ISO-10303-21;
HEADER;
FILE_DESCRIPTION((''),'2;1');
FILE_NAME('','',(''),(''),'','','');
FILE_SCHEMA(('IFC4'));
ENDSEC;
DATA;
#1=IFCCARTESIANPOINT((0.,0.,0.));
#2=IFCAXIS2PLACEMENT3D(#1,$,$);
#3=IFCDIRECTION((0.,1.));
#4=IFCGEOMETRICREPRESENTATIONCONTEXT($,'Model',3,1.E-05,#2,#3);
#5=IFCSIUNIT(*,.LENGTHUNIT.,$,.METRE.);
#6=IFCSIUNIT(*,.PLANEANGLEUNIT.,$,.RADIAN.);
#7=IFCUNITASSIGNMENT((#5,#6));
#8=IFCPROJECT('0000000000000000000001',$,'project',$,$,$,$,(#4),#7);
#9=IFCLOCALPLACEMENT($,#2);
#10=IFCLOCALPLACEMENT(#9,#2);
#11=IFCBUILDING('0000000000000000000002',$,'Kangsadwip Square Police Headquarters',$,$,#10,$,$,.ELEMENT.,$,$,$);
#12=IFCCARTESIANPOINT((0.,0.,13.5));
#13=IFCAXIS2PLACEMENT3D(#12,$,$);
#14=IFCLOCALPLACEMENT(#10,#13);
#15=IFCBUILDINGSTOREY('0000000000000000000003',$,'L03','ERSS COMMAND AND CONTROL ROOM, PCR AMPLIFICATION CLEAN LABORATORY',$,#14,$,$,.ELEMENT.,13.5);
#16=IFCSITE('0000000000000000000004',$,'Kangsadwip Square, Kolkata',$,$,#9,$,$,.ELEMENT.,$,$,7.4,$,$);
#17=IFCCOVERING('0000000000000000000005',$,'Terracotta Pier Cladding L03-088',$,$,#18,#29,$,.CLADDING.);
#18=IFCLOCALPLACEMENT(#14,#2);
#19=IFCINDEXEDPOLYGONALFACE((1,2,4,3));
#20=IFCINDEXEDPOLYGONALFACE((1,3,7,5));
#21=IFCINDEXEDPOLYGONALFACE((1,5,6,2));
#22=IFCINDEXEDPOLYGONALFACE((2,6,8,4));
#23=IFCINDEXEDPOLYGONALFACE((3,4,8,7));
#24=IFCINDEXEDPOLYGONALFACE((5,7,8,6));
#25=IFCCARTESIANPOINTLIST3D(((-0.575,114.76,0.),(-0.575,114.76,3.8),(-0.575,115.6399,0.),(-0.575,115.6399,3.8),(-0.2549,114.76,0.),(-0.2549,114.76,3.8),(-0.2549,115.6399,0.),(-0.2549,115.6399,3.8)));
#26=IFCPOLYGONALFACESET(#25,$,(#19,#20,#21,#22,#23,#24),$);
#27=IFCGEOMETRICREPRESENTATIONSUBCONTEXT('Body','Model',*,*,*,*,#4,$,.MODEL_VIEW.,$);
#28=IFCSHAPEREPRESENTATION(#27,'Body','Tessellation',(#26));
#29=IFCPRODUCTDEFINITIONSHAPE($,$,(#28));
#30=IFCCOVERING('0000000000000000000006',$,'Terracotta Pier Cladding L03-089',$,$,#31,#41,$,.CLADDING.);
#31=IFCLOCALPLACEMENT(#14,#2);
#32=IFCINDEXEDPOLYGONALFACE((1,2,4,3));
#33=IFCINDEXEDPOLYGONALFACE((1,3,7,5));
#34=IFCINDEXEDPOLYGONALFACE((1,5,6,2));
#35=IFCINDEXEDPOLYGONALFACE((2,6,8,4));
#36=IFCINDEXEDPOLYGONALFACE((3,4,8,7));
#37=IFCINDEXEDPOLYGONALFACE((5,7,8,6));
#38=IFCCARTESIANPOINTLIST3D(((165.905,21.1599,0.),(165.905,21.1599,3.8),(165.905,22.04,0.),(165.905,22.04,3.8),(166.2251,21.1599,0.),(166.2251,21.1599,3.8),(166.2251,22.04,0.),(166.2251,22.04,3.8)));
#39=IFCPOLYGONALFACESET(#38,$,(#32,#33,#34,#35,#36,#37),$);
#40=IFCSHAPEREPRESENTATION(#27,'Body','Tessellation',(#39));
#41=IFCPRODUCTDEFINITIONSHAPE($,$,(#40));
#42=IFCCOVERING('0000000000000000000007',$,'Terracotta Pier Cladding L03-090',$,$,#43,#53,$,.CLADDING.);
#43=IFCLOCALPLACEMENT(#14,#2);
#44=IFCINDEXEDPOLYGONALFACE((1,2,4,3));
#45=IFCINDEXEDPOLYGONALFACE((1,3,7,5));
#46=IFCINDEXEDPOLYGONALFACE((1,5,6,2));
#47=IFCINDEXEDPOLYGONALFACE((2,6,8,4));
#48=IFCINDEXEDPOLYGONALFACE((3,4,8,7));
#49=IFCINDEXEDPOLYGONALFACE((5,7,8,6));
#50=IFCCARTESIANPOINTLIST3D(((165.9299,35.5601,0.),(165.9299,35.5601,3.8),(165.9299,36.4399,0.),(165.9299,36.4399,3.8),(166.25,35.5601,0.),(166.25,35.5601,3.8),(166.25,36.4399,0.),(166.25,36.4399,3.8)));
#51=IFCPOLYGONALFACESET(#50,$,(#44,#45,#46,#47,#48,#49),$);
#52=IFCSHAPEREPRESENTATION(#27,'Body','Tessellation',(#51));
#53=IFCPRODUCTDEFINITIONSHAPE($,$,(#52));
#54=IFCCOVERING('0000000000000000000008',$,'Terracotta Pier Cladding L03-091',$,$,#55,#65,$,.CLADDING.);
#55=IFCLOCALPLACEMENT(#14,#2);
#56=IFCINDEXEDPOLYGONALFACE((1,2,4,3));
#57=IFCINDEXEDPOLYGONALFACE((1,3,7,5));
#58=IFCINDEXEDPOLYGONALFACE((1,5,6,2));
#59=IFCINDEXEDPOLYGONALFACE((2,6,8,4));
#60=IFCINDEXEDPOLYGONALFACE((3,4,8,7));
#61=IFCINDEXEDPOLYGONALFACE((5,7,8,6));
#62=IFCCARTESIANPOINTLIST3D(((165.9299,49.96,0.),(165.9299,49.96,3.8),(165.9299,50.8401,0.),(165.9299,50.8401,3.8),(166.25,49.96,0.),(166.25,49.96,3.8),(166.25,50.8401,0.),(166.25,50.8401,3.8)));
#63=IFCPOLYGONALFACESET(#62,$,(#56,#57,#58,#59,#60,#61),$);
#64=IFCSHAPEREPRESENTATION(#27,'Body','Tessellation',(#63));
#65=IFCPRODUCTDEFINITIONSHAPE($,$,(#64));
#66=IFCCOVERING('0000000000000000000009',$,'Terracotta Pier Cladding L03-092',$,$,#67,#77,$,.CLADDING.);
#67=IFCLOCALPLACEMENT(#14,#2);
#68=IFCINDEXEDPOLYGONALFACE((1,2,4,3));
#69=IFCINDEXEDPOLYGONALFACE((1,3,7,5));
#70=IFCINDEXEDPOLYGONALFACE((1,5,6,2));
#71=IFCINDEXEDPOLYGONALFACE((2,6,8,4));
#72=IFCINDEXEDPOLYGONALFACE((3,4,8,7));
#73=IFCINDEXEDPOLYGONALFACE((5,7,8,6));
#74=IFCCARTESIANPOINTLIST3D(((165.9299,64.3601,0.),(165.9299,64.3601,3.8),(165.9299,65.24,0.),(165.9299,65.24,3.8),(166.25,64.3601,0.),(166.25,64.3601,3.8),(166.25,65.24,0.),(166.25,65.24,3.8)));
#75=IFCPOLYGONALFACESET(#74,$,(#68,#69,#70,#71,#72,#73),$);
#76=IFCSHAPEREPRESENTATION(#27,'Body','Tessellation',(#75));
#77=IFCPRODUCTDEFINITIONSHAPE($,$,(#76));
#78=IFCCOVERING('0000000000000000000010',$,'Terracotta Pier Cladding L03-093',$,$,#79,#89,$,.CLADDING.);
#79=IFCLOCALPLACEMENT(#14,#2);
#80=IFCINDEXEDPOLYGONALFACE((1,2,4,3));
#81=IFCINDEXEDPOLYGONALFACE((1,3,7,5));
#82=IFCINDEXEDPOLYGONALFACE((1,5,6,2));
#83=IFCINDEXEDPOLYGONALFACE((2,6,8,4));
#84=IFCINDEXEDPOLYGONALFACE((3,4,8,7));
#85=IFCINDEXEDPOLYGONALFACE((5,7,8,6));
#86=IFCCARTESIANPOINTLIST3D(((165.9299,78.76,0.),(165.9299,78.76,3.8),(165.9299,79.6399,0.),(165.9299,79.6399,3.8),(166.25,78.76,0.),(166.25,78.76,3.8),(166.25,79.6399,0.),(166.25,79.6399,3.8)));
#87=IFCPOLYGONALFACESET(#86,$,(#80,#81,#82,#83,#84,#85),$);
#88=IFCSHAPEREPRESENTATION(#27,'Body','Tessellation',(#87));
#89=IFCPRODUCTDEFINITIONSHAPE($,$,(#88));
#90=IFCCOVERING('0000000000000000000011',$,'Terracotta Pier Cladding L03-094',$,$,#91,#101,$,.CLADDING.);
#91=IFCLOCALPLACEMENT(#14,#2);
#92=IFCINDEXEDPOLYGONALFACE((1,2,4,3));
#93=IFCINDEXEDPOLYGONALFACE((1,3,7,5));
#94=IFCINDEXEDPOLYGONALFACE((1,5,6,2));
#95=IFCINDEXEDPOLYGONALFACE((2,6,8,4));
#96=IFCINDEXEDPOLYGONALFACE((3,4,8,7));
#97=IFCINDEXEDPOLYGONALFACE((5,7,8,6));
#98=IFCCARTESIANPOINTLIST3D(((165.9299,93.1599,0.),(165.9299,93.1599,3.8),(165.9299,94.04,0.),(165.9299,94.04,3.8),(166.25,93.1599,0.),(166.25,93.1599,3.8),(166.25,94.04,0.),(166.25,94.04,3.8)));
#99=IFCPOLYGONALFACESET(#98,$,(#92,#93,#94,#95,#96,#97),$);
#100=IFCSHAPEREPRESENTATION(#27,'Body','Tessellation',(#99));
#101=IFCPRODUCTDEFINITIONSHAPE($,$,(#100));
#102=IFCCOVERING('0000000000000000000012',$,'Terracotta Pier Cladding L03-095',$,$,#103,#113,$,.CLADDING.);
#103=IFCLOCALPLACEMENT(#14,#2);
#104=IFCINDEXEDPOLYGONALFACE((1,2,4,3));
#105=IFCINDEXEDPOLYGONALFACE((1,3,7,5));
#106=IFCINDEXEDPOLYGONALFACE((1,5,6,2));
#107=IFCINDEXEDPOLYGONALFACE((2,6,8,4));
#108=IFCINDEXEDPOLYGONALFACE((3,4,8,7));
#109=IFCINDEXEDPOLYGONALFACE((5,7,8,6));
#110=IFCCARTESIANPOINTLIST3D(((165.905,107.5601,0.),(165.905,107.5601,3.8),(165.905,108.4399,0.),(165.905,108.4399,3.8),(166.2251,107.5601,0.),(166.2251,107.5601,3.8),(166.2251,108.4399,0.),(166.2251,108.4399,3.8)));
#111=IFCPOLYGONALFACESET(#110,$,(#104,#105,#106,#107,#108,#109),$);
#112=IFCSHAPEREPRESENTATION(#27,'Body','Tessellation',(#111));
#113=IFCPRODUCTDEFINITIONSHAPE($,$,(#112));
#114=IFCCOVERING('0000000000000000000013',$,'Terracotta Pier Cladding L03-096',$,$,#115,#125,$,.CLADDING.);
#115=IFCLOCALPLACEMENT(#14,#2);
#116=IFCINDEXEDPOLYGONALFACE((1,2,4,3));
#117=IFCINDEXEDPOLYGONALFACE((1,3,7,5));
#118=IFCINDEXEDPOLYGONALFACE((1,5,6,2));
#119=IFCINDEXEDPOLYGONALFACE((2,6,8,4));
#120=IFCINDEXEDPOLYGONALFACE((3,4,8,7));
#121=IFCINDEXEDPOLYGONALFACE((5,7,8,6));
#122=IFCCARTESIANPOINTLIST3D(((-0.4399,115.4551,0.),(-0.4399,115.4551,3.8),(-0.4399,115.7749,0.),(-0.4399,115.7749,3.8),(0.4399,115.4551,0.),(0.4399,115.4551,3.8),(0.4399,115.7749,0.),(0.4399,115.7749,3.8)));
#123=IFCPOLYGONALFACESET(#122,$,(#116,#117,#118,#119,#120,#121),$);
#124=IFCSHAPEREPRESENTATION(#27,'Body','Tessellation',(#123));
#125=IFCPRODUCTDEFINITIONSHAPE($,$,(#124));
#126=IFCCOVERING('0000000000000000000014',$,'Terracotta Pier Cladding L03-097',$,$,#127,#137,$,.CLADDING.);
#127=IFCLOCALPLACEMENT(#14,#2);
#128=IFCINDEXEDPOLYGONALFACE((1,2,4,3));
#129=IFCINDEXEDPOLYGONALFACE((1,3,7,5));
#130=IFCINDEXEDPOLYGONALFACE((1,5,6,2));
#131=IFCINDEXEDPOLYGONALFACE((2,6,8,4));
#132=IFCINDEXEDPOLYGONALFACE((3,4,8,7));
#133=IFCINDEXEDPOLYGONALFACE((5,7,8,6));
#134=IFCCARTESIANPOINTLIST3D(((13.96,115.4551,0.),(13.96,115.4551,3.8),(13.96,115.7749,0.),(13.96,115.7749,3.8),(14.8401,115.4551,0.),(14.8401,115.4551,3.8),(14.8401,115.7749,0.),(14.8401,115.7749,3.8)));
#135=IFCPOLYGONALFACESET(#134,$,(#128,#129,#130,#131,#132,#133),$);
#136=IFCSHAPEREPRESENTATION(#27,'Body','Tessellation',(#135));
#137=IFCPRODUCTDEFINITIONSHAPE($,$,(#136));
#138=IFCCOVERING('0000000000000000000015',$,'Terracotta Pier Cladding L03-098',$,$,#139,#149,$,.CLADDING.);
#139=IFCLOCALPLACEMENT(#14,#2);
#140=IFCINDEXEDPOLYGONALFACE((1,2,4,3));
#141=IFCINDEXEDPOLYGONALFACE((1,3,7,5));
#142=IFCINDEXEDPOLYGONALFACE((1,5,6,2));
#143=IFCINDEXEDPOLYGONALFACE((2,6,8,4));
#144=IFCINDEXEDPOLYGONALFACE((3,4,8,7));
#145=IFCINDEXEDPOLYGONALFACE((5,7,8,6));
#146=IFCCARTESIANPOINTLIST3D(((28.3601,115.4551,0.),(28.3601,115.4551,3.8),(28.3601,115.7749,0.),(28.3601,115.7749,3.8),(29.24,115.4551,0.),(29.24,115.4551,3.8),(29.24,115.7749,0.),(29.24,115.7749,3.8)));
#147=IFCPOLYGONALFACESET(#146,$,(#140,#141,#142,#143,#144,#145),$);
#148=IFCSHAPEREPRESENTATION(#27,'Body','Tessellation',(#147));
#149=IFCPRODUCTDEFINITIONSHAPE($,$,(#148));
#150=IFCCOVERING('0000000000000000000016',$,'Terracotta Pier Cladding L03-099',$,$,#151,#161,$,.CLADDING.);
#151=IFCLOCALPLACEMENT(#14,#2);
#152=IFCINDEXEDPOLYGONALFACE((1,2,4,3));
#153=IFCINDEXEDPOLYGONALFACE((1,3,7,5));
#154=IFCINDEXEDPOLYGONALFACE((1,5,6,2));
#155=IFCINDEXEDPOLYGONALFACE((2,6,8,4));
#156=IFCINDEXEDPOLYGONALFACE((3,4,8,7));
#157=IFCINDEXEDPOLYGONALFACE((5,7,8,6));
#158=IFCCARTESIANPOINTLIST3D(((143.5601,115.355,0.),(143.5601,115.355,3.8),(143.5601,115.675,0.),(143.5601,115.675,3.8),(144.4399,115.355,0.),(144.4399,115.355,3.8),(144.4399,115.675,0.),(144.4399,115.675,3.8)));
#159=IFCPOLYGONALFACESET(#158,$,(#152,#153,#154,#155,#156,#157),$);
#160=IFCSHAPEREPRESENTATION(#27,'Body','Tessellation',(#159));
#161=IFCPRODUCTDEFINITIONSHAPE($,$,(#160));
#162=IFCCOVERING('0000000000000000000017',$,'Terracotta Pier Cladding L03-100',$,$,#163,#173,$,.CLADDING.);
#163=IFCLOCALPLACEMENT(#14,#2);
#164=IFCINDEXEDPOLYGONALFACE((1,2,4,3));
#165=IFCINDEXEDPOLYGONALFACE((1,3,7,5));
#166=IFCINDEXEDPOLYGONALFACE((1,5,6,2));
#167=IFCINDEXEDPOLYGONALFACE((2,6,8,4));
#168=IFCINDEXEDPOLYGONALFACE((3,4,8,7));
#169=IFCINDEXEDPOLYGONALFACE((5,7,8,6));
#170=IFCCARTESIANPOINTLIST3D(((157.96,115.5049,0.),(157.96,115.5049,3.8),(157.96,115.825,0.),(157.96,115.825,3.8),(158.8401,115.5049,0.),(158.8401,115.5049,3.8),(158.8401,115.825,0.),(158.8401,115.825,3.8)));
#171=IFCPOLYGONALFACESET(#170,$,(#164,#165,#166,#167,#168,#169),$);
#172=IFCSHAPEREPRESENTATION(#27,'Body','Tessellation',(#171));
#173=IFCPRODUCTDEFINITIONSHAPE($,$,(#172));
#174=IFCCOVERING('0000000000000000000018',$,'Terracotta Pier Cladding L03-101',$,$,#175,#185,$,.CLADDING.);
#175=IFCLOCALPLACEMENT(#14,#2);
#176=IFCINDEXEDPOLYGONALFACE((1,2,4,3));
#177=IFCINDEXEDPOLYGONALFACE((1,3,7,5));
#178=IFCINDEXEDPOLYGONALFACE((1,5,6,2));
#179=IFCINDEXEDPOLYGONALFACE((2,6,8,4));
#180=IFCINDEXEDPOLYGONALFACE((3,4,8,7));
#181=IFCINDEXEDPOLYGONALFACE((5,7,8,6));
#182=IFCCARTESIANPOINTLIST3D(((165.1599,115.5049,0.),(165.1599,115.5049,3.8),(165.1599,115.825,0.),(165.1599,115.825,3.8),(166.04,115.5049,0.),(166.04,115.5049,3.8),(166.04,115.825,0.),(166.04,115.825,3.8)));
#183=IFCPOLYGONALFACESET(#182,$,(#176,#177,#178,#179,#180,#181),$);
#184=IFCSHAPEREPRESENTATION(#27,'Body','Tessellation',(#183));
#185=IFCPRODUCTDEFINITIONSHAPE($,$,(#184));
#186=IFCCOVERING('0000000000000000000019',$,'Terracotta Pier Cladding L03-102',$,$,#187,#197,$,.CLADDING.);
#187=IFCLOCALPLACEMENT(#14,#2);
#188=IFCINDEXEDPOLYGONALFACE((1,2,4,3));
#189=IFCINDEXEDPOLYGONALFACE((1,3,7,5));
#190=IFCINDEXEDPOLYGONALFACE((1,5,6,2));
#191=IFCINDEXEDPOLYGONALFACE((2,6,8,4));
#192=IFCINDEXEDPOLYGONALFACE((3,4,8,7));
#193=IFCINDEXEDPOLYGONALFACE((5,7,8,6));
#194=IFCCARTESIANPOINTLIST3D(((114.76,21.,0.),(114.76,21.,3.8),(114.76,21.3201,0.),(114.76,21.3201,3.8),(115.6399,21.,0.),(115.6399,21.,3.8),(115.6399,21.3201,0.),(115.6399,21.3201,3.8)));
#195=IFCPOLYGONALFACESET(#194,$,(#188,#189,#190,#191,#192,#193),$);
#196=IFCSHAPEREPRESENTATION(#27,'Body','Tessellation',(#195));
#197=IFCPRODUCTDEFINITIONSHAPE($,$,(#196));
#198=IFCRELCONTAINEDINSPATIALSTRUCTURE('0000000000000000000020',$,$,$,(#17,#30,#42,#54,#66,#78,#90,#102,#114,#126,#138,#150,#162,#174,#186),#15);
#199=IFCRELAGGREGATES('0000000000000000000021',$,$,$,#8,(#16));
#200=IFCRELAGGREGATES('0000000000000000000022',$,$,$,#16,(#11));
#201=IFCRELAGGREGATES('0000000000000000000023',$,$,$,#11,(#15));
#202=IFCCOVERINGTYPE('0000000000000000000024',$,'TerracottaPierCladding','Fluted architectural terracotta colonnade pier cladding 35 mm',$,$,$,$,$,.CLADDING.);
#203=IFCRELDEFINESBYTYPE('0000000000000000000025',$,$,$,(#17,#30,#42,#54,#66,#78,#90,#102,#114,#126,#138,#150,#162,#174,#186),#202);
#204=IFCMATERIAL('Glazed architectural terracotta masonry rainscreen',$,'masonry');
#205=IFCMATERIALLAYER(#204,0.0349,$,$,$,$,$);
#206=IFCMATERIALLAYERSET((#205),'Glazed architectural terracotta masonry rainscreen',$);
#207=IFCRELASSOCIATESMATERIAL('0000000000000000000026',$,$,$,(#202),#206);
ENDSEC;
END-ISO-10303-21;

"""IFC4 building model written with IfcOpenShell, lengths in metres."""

from ifc_helpers import new_model, si_unit, direction, frame, origin, place, context, subcontext, project, spatial, polyline, outline, extrude, material, layer, layer_set, type_object, element, save


model = new_model("IFC4")

# Units and contexts
model_context = context("Model", 3, precision=1e-05, world=origin(), true_north=direction((0.0, 1.0)))
body_context = subcontext(model_context, "Body", "Model", "MODEL_VIEW")
ifc_project = project(units=[si_unit("LENGTHUNIT", "METRE"), si_unit("PLANEANGLEUNIT", "RADIAN")], contexts=[model_context])

# Site, building, storey
site_placement = place(None, origin())
site = spatial("IfcSite", under=ifc_project, at=site_placement, Name="Kangsadwip Square, Kolkata", CompositionType="ELEMENT", RefElevation=7.4)
building_placement = place(site_placement, origin())
building = spatial("IfcBuilding", under=site, at=building_placement, Name="Kangsadwip Square Police Headquarters", CompositionType="ELEMENT")
storey_placement = place(building_placement, frame((0.0, 0.0, 13.5)))
storey = spatial("IfcBuildingStorey", under=building, at=storey_placement, Name="L03", Description="ERSS COMMAND AND CONTROL ROOM, PCR AMPLIFICATION CLEAN LABORATORY", CompositionType="ELEMENT", Elevation=13.5)

# Coverings
ifc_material = material(Name="Glazed architectural terracotta masonry rainscreen", Category="masonry")
ifc_layer = layer(ifc_material, 0.0349)
ifc_layer_set = layer_set([ifc_layer], Name="Glazed architectural terracotta masonry rainscreen")
covering_type = type_object("IfcCoveringType", Name="TerracottaPierCladding", Description="Fluted architectural terracotta colonnade pier cladding 35 mm", PredefinedType="CLADDING", material=ifc_layer_set)
covering_1_placement = place(storey_placement, origin())
element("IfcCovering", 1, at=covering_1_placement, inside=storey, type_object=covering_type, Name="Terracotta Pier Cladding L03-088", PredefinedType="CLADDING", context=body_context, shape_type="SweptSolid", body=[
    extrude(outline(polyline([(-0.575, 114.76), (-0.2549, 114.76), (-0.2549, 115.6399), (-0.575, 115.6399), (-0.575, 114.76)])), origin(), (0.0, 0.0, 1.0), 3.8),
])
covering_2_placement = place(storey_placement, origin())
element("IfcCovering", 2, at=covering_2_placement, inside=storey, type_object=covering_type, Name="Terracotta Pier Cladding L03-089", PredefinedType="CLADDING", context=body_context, shape_type="SweptSolid", body=[
    extrude(outline(polyline([(165.905, 21.1599), (166.2251, 21.1599), (166.2251, 22.04), (165.905, 22.04), (165.905, 21.1599)])), origin(), (0.0, 0.0, 1.0), 3.8),
])
covering_3_placement = place(storey_placement, origin())
element("IfcCovering", 3, at=covering_3_placement, inside=storey, type_object=covering_type, Name="Terracotta Pier Cladding L03-090", PredefinedType="CLADDING", context=body_context, shape_type="SweptSolid", body=[
    extrude(outline(polyline([(165.9299, 35.5601), (166.25, 35.5601), (166.25, 36.4399), (165.9299, 36.4399), (165.9299, 35.5601)])), origin(), (0.0, 0.0, 1.0), 3.8),
])
covering_4_placement = place(storey_placement, origin())
element("IfcCovering", 4, at=covering_4_placement, inside=storey, type_object=covering_type, Name="Terracotta Pier Cladding L03-091", PredefinedType="CLADDING", context=body_context, shape_type="SweptSolid", body=[
    extrude(outline(polyline([(165.9299, 49.96), (166.25, 49.96), (166.25, 50.8401), (165.9299, 50.8401), (165.9299, 49.96)])), origin(), (0.0, 0.0, 1.0), 3.8),
])
covering_5_placement = place(storey_placement, origin())
element("IfcCovering", 5, at=covering_5_placement, inside=storey, type_object=covering_type, Name="Terracotta Pier Cladding L03-092", PredefinedType="CLADDING", context=body_context, shape_type="SweptSolid", body=[
    extrude(outline(polyline([(165.9299, 64.3601), (166.25, 64.3601), (166.25, 65.24), (165.9299, 65.24), (165.9299, 64.3601)])), origin(), (0.0, 0.0, 1.0), 3.8),
])
covering_6_placement = place(storey_placement, origin())
element("IfcCovering", 6, at=covering_6_placement, inside=storey, type_object=covering_type, Name="Terracotta Pier Cladding L03-093", PredefinedType="CLADDING", context=body_context, shape_type="SweptSolid", body=[
    extrude(outline(polyline([(165.9299, 78.76), (166.25, 78.76), (166.25, 79.6399), (165.9299, 79.6399), (165.9299, 78.76)])), origin(), (0.0, 0.0, 1.0), 3.8),
])
covering_7_placement = place(storey_placement, origin())
element("IfcCovering", 7, at=covering_7_placement, inside=storey, type_object=covering_type, Name="Terracotta Pier Cladding L03-094", PredefinedType="CLADDING", context=body_context, shape_type="SweptSolid", body=[
    extrude(outline(polyline([(165.9299, 93.1599), (166.25, 93.1599), (166.25, 94.04), (165.9299, 94.04), (165.9299, 93.1599)])), origin(), (0.0, 0.0, 1.0), 3.8),
])
covering_8_placement = place(storey_placement, origin())
element("IfcCovering", 8, at=covering_8_placement, inside=storey, type_object=covering_type, Name="Terracotta Pier Cladding L03-095", PredefinedType="CLADDING", context=body_context, shape_type="SweptSolid", body=[
    extrude(outline(polyline([(165.905, 107.5601), (166.2251, 107.5601), (166.2251, 108.4399), (165.905, 108.4399), (165.905, 107.5601)])), origin(), (0.0, 0.0, 1.0), 3.8),
])
covering_9_placement = place(storey_placement, origin())
element("IfcCovering", 9, at=covering_9_placement, inside=storey, type_object=covering_type, Name="Terracotta Pier Cladding L03-096", PredefinedType="CLADDING", context=body_context, shape_type="SweptSolid", body=[
    extrude(outline(polyline([(-0.4399, 115.4551), (0.4399, 115.4551), (0.4399, 115.7749), (-0.4399, 115.7749), (-0.4399, 115.4551)])), origin(), (0.0, 0.0, 1.0), 3.8),
])
covering_10_placement = place(storey_placement, origin())
element("IfcCovering", 10, at=covering_10_placement, inside=storey, type_object=covering_type, Name="Terracotta Pier Cladding L03-097", PredefinedType="CLADDING", context=body_context, shape_type="SweptSolid", body=[
    extrude(outline(polyline([(13.96, 115.4551), (14.8401, 115.4551), (14.8401, 115.7749), (13.96, 115.7749), (13.96, 115.4551)])), origin(), (0.0, 0.0, 1.0), 3.8),
])
covering_11_placement = place(storey_placement, origin())
element("IfcCovering", 11, at=covering_11_placement, inside=storey, type_object=covering_type, Name="Terracotta Pier Cladding L03-098", PredefinedType="CLADDING", context=body_context, shape_type="SweptSolid", body=[
    extrude(outline(polyline([(28.3601, 115.4551), (29.24, 115.4551), (29.24, 115.7749), (28.3601, 115.7749), (28.3601, 115.4551)])), origin(), (0.0, 0.0, 1.0), 3.8),
])
covering_12_placement = place(storey_placement, origin())
element("IfcCovering", 12, at=covering_12_placement, inside=storey, type_object=covering_type, Name="Terracotta Pier Cladding L03-099", PredefinedType="CLADDING", context=body_context, shape_type="SweptSolid", body=[
    extrude(outline(polyline([(143.5601, 115.355), (144.4399, 115.355), (144.4399, 115.675), (143.5601, 115.675), (143.5601, 115.355)])), origin(), (0.0, 0.0, 1.0), 3.8),
])
covering_13_placement = place(storey_placement, origin())
element("IfcCovering", 13, at=covering_13_placement, inside=storey, type_object=covering_type, Name="Terracotta Pier Cladding L03-100", PredefinedType="CLADDING", context=body_context, shape_type="SweptSolid", body=[
    extrude(outline(polyline([(157.96, 115.5049), (158.8401, 115.5049), (158.8401, 115.825), (157.96, 115.825), (157.96, 115.5049)])), origin(), (0.0, 0.0, 1.0), 3.8),
])
covering_14_placement = place(storey_placement, origin())
element("IfcCovering", 14, at=covering_14_placement, inside=storey, type_object=covering_type, Name="Terracotta Pier Cladding L03-101", PredefinedType="CLADDING", context=body_context, shape_type="SweptSolid", body=[
    extrude(outline(polyline([(165.1599, 115.5049), (166.04, 115.5049), (166.04, 115.825), (165.1599, 115.825), (165.1599, 115.5049)])), origin(), (0.0, 0.0, 1.0), 3.8),
])
covering_15_placement = place(storey_placement, origin())
element("IfcCovering", 15, at=covering_15_placement, inside=storey, type_object=covering_type, Name="Terracotta Pier Cladding L03-102", PredefinedType="CLADDING", context=body_context, shape_type="SweptSolid", body=[
    extrude(outline(polyline([(114.76, 21.0), (115.6399, 21.0), (115.6399, 21.3201), (114.76, 21.3201), (114.76, 21.0)])), origin(), (0.0, 0.0, 1.0), 3.8),
])

save(model, "model.ifc")
